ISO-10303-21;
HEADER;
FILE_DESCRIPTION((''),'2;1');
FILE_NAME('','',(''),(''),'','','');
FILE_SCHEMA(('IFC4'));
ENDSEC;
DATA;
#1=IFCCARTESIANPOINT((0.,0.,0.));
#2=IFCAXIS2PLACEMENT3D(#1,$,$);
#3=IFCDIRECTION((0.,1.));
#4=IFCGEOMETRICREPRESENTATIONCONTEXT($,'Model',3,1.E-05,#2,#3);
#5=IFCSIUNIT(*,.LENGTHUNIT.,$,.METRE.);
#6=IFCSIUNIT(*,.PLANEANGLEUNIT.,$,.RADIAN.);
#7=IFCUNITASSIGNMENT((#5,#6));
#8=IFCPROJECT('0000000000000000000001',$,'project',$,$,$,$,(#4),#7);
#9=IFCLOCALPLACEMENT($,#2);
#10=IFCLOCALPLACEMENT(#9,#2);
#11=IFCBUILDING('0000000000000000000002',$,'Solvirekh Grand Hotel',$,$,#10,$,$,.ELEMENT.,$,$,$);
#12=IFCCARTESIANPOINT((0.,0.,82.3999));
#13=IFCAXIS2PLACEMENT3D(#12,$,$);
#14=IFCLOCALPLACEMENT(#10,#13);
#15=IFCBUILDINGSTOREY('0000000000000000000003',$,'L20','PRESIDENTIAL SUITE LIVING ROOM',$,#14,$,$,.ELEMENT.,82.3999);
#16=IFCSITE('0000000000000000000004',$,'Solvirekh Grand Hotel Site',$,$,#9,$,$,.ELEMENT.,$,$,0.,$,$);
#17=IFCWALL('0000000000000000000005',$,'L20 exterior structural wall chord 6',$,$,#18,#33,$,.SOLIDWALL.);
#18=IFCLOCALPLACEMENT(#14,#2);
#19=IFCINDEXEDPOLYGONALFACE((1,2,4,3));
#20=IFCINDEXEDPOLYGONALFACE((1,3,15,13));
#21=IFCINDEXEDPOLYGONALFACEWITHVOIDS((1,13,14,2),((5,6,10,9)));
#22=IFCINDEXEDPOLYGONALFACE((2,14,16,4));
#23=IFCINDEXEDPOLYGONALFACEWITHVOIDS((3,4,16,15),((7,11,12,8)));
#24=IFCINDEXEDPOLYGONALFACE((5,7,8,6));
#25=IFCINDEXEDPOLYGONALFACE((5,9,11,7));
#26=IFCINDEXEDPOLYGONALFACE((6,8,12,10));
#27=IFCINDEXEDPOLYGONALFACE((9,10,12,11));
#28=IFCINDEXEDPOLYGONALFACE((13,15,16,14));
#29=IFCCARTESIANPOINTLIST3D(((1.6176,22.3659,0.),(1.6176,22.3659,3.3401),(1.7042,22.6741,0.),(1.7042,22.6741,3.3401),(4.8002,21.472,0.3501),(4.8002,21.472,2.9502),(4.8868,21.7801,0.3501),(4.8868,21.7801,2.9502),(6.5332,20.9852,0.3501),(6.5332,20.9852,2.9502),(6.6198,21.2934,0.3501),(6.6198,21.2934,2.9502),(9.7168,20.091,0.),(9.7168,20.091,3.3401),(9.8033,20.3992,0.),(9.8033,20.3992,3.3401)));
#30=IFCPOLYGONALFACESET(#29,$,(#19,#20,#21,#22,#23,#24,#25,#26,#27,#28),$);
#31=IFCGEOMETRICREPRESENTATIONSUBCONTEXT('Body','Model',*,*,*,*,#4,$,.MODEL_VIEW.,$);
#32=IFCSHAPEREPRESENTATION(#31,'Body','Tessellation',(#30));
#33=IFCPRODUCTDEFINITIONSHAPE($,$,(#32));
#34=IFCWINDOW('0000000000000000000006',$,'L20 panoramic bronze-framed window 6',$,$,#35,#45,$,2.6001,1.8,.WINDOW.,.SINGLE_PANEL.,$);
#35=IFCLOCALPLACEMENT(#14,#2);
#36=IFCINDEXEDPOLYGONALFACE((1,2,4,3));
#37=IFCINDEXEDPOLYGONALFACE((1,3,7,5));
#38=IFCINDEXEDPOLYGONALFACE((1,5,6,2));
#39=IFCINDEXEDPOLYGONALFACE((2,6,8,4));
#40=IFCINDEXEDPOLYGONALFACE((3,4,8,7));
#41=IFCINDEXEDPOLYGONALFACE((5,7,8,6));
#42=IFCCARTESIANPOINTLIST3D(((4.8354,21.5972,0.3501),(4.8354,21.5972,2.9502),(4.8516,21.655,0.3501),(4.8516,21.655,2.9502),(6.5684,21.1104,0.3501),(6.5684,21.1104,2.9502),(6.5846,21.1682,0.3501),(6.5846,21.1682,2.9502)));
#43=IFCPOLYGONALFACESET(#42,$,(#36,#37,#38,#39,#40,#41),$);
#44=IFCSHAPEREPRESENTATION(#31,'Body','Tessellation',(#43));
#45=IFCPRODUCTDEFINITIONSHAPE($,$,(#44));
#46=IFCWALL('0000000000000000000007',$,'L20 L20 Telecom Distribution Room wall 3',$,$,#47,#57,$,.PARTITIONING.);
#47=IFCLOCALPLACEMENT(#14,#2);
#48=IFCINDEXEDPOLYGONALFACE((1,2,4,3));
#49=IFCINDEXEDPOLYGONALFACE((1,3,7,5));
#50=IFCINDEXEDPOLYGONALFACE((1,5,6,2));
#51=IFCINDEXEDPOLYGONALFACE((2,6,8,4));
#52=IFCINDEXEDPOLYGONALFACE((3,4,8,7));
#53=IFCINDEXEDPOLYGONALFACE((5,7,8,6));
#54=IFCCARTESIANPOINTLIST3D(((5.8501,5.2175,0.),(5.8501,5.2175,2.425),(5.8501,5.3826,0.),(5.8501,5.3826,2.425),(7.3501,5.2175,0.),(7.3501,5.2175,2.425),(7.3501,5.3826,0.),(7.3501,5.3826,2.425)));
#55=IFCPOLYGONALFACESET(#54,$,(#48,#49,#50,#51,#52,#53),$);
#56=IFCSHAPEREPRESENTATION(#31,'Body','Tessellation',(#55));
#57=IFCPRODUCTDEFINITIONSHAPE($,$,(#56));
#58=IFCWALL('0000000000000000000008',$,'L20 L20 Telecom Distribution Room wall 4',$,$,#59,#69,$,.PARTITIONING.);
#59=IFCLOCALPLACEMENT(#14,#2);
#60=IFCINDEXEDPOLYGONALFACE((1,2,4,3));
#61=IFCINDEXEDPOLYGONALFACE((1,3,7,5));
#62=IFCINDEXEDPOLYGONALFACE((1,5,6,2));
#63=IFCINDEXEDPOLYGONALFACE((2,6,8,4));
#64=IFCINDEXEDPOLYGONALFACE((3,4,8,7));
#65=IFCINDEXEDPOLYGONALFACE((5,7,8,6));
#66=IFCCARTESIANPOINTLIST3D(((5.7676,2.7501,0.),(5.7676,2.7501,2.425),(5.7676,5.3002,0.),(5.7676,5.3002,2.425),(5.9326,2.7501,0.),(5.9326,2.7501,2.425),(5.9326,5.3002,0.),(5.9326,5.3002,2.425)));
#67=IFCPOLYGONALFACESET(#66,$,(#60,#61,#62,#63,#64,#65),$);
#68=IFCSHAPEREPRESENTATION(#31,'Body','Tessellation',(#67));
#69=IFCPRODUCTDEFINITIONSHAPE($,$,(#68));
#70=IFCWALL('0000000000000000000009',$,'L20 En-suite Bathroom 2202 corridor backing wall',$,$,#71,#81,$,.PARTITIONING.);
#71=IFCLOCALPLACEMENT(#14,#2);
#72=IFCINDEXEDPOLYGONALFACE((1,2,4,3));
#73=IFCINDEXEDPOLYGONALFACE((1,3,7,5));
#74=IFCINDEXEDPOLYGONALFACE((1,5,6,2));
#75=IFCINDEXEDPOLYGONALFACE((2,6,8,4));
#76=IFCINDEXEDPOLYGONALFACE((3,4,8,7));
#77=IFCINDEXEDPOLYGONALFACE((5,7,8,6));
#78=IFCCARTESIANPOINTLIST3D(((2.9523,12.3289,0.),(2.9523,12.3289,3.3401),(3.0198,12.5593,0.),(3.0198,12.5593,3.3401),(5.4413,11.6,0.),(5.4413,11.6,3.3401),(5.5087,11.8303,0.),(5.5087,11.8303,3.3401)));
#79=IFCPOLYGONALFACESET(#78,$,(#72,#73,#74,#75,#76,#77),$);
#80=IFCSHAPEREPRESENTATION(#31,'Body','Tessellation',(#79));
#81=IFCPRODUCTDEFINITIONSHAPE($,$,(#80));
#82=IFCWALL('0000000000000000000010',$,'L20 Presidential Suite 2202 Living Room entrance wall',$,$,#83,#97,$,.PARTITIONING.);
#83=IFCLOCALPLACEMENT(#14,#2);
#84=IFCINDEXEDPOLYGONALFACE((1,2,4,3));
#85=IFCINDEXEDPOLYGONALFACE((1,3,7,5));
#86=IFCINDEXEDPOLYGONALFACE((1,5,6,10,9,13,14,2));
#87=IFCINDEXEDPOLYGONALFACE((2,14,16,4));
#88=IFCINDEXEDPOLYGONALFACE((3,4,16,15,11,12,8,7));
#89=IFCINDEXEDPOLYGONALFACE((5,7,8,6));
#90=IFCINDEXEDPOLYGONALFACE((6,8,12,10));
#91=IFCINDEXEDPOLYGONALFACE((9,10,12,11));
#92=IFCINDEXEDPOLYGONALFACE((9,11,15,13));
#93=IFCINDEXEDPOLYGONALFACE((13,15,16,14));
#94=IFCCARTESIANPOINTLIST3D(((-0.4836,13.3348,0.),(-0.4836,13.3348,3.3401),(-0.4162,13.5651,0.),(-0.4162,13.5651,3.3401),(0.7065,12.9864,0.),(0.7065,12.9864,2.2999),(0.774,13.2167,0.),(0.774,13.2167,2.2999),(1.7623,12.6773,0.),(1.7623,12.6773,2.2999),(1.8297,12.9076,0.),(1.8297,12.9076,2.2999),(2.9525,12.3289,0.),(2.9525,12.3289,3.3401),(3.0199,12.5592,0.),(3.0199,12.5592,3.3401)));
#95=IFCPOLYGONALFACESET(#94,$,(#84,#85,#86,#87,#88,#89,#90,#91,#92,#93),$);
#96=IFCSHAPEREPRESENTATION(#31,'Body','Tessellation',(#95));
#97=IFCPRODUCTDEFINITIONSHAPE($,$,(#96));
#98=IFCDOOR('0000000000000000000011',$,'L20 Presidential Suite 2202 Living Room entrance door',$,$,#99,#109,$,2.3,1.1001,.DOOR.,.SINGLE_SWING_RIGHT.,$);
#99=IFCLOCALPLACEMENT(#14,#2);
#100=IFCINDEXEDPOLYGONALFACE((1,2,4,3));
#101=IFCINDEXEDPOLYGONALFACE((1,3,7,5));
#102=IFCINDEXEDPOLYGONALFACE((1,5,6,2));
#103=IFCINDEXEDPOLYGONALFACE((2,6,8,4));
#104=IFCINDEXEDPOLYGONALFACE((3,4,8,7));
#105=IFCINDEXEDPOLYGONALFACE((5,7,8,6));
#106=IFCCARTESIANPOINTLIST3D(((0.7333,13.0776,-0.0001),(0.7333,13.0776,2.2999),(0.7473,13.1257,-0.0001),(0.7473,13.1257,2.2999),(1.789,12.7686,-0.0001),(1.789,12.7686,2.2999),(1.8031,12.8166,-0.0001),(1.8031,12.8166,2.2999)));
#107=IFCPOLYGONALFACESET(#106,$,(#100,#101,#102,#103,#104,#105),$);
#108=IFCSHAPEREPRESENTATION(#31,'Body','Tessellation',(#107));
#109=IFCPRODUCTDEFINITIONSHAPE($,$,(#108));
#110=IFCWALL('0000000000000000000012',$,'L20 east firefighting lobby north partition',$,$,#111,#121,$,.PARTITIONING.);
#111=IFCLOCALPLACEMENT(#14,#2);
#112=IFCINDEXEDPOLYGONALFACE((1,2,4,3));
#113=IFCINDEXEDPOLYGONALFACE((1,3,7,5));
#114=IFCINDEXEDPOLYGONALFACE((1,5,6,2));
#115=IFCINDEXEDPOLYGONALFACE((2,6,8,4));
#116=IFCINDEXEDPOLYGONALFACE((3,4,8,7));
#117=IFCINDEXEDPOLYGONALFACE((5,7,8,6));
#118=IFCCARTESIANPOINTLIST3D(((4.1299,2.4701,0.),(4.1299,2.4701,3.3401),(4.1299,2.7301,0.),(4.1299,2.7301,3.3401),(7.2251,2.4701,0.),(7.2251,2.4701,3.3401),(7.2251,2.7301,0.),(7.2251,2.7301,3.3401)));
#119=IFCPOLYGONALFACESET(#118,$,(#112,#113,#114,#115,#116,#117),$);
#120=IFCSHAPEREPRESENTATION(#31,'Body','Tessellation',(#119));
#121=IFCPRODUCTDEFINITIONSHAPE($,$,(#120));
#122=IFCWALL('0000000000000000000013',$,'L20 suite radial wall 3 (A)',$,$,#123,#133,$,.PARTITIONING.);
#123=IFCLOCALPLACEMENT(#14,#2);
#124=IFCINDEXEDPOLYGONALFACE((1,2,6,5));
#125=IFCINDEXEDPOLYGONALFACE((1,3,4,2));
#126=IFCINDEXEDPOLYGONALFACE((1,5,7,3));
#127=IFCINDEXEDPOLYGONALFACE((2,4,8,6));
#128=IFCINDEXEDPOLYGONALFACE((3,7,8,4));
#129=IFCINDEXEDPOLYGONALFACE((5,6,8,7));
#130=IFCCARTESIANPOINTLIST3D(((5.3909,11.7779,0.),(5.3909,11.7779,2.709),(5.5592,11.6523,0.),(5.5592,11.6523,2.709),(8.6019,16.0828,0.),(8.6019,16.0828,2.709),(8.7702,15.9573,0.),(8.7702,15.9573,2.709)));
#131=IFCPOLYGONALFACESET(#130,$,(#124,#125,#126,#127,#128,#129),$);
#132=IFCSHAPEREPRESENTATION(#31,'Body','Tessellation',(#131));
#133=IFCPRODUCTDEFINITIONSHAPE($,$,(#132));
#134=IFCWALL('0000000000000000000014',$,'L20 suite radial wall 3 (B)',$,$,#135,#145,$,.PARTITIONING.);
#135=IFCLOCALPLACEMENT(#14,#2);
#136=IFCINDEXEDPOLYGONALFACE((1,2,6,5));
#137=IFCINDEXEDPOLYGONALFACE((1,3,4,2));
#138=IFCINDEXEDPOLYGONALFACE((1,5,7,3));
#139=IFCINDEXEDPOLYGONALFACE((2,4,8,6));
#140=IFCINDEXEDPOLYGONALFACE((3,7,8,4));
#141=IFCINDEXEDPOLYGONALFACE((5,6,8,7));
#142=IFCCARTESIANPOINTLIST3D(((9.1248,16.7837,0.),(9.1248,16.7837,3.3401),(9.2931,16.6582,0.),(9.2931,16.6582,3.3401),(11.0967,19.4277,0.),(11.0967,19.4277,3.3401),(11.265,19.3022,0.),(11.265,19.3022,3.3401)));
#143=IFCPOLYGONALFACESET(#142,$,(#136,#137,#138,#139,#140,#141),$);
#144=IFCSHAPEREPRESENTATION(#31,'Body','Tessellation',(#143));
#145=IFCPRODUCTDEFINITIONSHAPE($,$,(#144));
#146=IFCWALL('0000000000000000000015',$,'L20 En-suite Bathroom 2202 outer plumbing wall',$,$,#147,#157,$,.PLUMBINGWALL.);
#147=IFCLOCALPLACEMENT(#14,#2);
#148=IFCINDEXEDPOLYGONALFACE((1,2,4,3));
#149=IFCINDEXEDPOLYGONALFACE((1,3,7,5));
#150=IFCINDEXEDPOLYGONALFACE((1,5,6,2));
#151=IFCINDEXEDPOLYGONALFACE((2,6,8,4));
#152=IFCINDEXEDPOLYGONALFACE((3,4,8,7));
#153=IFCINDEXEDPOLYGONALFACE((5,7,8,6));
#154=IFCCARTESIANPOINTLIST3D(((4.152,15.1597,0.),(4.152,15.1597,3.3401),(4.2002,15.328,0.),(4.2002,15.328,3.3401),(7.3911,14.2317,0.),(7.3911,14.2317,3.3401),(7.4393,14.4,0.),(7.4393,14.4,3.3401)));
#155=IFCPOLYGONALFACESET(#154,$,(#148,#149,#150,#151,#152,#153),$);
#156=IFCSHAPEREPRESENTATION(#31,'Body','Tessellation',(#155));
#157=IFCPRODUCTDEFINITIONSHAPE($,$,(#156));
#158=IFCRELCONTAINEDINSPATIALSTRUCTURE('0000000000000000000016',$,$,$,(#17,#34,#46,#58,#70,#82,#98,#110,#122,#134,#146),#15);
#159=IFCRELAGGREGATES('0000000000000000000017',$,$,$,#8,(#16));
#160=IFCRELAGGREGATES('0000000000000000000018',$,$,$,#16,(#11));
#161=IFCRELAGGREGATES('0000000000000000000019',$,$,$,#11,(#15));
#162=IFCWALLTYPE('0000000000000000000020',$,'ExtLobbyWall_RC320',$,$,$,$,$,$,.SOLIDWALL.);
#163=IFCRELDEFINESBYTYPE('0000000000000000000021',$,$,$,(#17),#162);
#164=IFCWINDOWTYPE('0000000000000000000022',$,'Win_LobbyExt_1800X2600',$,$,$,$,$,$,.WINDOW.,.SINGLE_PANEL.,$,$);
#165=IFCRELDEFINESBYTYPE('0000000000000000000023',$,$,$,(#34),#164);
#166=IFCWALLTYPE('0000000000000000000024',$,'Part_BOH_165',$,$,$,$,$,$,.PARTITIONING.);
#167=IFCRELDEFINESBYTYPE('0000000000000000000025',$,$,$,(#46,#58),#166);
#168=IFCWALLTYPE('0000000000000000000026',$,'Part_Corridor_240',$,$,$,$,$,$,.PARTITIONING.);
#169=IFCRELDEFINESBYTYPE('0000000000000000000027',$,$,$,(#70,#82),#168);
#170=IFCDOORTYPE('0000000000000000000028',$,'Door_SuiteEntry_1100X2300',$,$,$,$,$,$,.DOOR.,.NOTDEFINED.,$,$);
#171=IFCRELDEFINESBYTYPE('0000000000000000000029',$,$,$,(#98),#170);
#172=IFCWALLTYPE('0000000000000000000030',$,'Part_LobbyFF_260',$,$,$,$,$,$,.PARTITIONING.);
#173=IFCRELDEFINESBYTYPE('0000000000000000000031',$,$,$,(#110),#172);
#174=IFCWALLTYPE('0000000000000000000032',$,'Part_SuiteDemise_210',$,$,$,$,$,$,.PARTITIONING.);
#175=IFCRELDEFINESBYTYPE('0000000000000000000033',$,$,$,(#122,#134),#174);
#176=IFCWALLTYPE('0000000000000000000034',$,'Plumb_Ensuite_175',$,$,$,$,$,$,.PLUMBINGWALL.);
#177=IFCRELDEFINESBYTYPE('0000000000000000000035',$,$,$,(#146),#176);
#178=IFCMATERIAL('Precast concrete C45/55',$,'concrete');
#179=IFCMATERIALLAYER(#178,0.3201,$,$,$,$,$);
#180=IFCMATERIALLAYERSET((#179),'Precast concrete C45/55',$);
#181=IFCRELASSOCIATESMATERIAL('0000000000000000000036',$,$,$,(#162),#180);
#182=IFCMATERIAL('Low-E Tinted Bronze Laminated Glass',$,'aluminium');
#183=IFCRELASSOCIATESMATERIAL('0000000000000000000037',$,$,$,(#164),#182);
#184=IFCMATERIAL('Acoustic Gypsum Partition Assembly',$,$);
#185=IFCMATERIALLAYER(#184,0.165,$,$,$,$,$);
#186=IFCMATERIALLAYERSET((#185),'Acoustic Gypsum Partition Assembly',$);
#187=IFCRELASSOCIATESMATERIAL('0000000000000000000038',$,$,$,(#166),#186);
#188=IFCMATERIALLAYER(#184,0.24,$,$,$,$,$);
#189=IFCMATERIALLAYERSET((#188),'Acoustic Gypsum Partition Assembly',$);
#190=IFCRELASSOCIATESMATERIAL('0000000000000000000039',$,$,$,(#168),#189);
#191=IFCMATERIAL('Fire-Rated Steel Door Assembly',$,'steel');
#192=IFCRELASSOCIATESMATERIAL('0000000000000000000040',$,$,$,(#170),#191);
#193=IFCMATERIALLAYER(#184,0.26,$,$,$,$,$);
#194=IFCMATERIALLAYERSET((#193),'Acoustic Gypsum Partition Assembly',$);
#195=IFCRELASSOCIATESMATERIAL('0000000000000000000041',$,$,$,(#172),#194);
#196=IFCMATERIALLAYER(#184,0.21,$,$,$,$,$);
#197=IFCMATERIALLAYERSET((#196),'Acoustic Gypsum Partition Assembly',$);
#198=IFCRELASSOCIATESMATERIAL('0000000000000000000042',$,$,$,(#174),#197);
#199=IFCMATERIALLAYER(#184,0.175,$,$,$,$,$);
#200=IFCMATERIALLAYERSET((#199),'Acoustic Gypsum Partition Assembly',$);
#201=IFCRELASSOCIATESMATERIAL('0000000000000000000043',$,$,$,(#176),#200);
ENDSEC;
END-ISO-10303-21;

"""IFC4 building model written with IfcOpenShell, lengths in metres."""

from ifc_helpers import new_model, si_unit, direction, frame, frame_2d, origin, place, context, subcontext, project, spatial, rectangle, extrude, material, layer, layer_set, type_object, element, fill, save


model = new_model("IFC4")

# Units and contexts
model_context = context("Model", 3, precision=1e-05, world=origin(), true_north=direction((0.0, 1.0)))
body_context = subcontext(model_context, "Body", "Model", "MODEL_VIEW")
ifc_project = project(units=[si_unit("LENGTHUNIT", "METRE"), si_unit("PLANEANGLEUNIT", "RADIAN")], contexts=[model_context])

# Site, building, storey
site_placement = place(None, origin())
site = spatial("IfcSite", under=ifc_project, at=site_placement, Name="Solvirekh Grand Hotel Site", CompositionType="ELEMENT", RefElevation=0.0)
building_placement = place(site_placement, origin())
building = spatial("IfcBuilding", under=site, at=building_placement, Name="Solvirekh Grand Hotel", CompositionType="ELEMENT")
storey_placement = place(building_placement, frame((0.0, 0.0, 82.3999)))
storey = spatial("IfcBuildingStorey", under=building, at=storey_placement, Name="L20", Description="PRESIDENTIAL SUITE LIVING ROOM", CompositionType="ELEMENT", Elevation=82.3999)

# Wall, opening, window
ifc_material_1 = material(Name="Precast concrete C45/55", Category="concrete")
ifc_layer_1 = layer(ifc_material_1, 0.3201)
ifc_layer_set_1 = layer_set([ifc_layer_1], Name="Precast concrete C45/55")
wall_type_1 = type_object("IfcWallType", Name="ExtLobbyWall_RC320", PredefinedType="SOLIDWALL", material=ifc_layer_set_1)
wall_1_placement = place(storey_placement, frame((1.6609, 22.52, 0.0), z_axis=(0.0, 0.0, 1.0), x_axis=(0.962743, -0.270418, 0.0)))
wall_1 = element("IfcWall", 1, at=wall_1_placement, inside=storey, type_object=wall_type_1, Name="L20 exterior structural wall chord 6", PredefinedType="SOLIDWALL", context=body_context, shape_type="SweptSolid", body=[
    extrude(rectangle(XDim=8.4126, YDim=0.3201, at=frame_2d((4.2063, 0.0))), origin(), (0.0, 0.0, 1.0), 3.3401),
])
opening_1_placement = place(wall_1_placement, frame((3.3059, 0.0, 0.3501)))
opening_1 = element("IfcOpeningElement", 2, at=opening_1_placement, cuts=wall_1, PredefinedType="OPENING", context=body_context, shape_type="SweptSolid", body=[
    extrude(rectangle(XDim=1.8, YDim=2.6001, at=frame_2d((0.8999, 1.3))), frame((0.0, 0.1699, 0.0), z_axis=(0.0, -1.0, 0.0), x_axis=(1.0, 0.0, 0.0)), (0.0, 0.0, 1.0), 0.3401),
])
ifc_material_2 = material(Name="Low-E Tinted Bronze Laminated Glass", Category="aluminium")
window_type = type_object("IfcWindowType", Name="Win_LobbyExt_1800X2600", PartitioningType="SINGLE_PANEL", PredefinedType="WINDOW", material=ifc_material_2)
window_placement = place(opening_1_placement, origin())
window = element("IfcWindow", 3, at=window_placement, inside=storey, type_object=window_type, Name="L20 panoramic bronze-framed window 6", OverallHeight=2.6001, OverallWidth=1.8, PartitioningType="SINGLE_PANEL", PredefinedType="WINDOW", context=body_context, shape_type="SweptSolid", body=[
    extrude(rectangle(XDim=1.8, YDim=2.6001, at=frame_2d((0.8999, 1.3))), frame((0.0, 0.03, 0.0), z_axis=(0.0, -1.0, 0.0), x_axis=(1.0, 0.0, 0.0)), (0.0, 0.0, 1.0), 0.0601),
])
fill(opening_1, window)

# Shared definitions
ifc_material_3 = material(Name="Acoustic Gypsum Partition Assembly")
ifc_layer_2 = layer(ifc_material_3, 0.165)
ifc_layer_set_2 = layer_set([ifc_layer_2], Name="Acoustic Gypsum Partition Assembly")
wall_type_2 = type_object("IfcWallType", Name="Part_BOH_165", PredefinedType="PARTITIONING", material=ifc_layer_set_2)
ifc_material_4 = material(Name="Fire-Rated Steel Door Assembly", Category="steel")

# Walls
wall_2_placement = place(storey_placement, frame((7.3501, 5.3, 0.0), z_axis=(0.0, 0.0, 1.0), x_axis=(-1.0, 0.0, 0.0)))
element("IfcWall", 4, at=wall_2_placement, inside=storey, type_object=wall_type_2, Name="L20 L20 Telecom Distribution Room wall 3", PredefinedType="PARTITIONING", context=body_context, shape_type="SweptSolid", body=[
    extrude(rectangle(XDim=1.5, YDim=0.165, at=frame_2d((0.75, 0.0))), origin(), (0.0, 0.0, 1.0), 2.425),
])
wall_3_placement = place(storey_placement, frame((5.8501, 5.3, 0.0), z_axis=(0.0, 0.0, 1.0), x_axis=(0.0, -1.0, 0.0)))
element("IfcWall", 5, at=wall_3_placement, inside=storey, type_object=wall_type_2, Name="L20 L20 Telecom Distribution Room wall 4", PredefinedType="PARTITIONING", context=body_context, shape_type="SweptSolid", body=[
    extrude(rectangle(XDim=2.55, YDim=0.165, at=frame_2d((1.2749, 0.0))), origin(), (0.0, 0.0, 1.0), 2.425),
])
ifc_layer_3 = layer(ifc_material_3, 0.24)
ifc_layer_set_3 = layer_set([ifc_layer_3], Name="Acoustic Gypsum Partition Assembly")
wall_type_3 = type_object("IfcWallType", Name="Part_Corridor_240", PredefinedType="PARTITIONING", material=ifc_layer_set_3)
wall_4_placement = place(storey_placement, frame((5.4751, 11.7151, 0.0), z_axis=(0.0, 0.0, 1.0), x_axis=(-0.959684, 0.281081, 0.0)))
element("IfcWall", 6, at=wall_4_placement, inside=storey, type_object=wall_type_3, Name="L20 En-suite Bathroom 2202 corridor backing wall", PredefinedType="PARTITIONING", context=body_context, shape_type="SweptSolid", body=[
    extrude(rectangle(XDim=2.5935, YDim=0.24, at=frame_2d((1.2969, 0.0))), origin(), (0.0, 0.0, 1.0), 3.3401),
])

# Wall, opening, door
wall_5_placement = place(storey_placement, frame((2.9861, 12.4441, 0.0), z_axis=(0.0, 0.0, 1.0), x_axis=(-0.959723, 0.280948, 0.0)))
wall_5 = element("IfcWall", 7, at=wall_5_placement, inside=storey, type_object=wall_type_3, Name="L20 Presidential Suite 2202 Living Room entrance wall", PredefinedType="PARTITIONING", context=body_context, shape_type="SweptSolid", body=[
    extrude(rectangle(XDim=3.5803, YDim=0.24, at=frame_2d((1.79, 0.0))), origin(), (0.0, 0.0, 1.0), 3.3401),
])
opening_2_placement = place(wall_5_placement, frame((1.24, 0.0, 0.0)))
opening_2 = element("IfcOpeningElement", 8, at=opening_2_placement, cuts=wall_5, PredefinedType="OPENING", context=body_context, shape_type="SweptSolid", body=[
    extrude(rectangle(XDim=1.1001, YDim=2.3, at=frame_2d((0.55, 1.1499))), frame((0.0, 0.1299, 0.0), z_axis=(0.0, -1.0, 0.0), x_axis=(1.0, 0.0, 0.0)), (0.0, 0.0, 1.0), 0.26),
])
door_type_1 = type_object("IfcDoorType", Name="Door_SuiteEntry_1100X2300", OperationType="NOTDEFINED", PredefinedType="DOOR", material=ifc_material_4)
door_1_placement = place(opening_2_placement, origin())
door_1 = element("IfcDoor", 9, at=door_1_placement, inside=storey, type_object=door_type_1, Name="L20 Presidential Suite 2202 Living Room entrance door", OperationType="SINGLE_SWING_RIGHT", OverallHeight=2.3, OverallWidth=1.1001, PredefinedType="DOOR", context=body_context, shape_type="SweptSolid", body=[
    extrude(rectangle(XDim=1.1001, YDim=2.3, at=frame_2d((0.55, 1.1499))), frame((0.0, 0.0249, 0.0), z_axis=(0.0, -1.0, 0.0), x_axis=(1.0, 0.0, 0.0)), (0.0, 0.0, 1.0), 0.05),
])
fill(opening_2, door_1)

# Walls
ifc_layer_4 = layer(ifc_material_3, 0.26)
ifc_layer_set_4 = layer_set([ifc_layer_4], Name="Acoustic Gypsum Partition Assembly")
wall_type_4 = type_object("IfcWallType", Name="Part_LobbyFF_260", PredefinedType="PARTITIONING", material=ifc_layer_set_4)
wall_6_placement = place(storey_placement, frame((4.1299, 2.6001, 0.0), z_axis=(0.0, 0.0, 1.0), x_axis=(1.0, 0.0, 0.0)))
element("IfcWall", 10, at=wall_6_placement, inside=storey, type_object=wall_type_4, Name="L20 east firefighting lobby north partition", PredefinedType="PARTITIONING", context=body_context, shape_type="SweptSolid", body=[
    extrude(rectangle(XDim=3.0952, YDim=0.26, at=frame_2d((1.5476, 0.0))), origin(), (0.0, 0.0, 1.0), 3.3401),
])
ifc_layer_5 = layer(ifc_material_3, 0.21)
ifc_layer_set_5 = layer_set([ifc_layer_5], Name="Acoustic Gypsum Partition Assembly")
wall_type_5 = type_object("IfcWallType", Name="Part_SuiteDemise_210", PredefinedType="PARTITIONING", material=ifc_layer_set_5)
wall_7_placement = place(storey_placement, frame((5.4751, 11.7151, 0.0), z_axis=(0.0, 0.0, 1.0), x_axis=(0.597881, 0.801585, 0.0)))
element("IfcWall", 11, at=wall_7_placement, inside=storey, type_object=wall_type_5, Name="L20 suite radial wall 3 (A)", PredefinedType="PARTITIONING", context=body_context, shape_type="SweptSolid", body=[
    extrude(rectangle(XDim=5.3706, YDim=0.21, at=frame_2d((2.6853, 0.0))), origin(), (0.0, 0.0, 1.0), 2.709),
])
wall_8_placement = place(storey_placement, frame((9.209, 16.7209, 0.0), z_axis=(0.0, 0.0, 1.0), x_axis=(0.597842, 0.801614, 0.0)))
element("IfcWall", 12, at=wall_8_placement, inside=storey, type_object=wall_type_5, Name="L20 suite radial wall 3 (B)", PredefinedType="PARTITIONING", context=body_context, shape_type="SweptSolid", body=[
    extrude(rectangle(XDim=3.2983, YDim=0.21, at=frame_2d((1.6492, 0.0))), origin(), (0.0, 0.0, 1.0), 3.3401),
])
ifc_layer_6 = layer(ifc_material_3, 0.175)
ifc_layer_set_6 = layer_set([ifc_layer_6], Name="Acoustic Gypsum Partition Assembly")
wall_type_6 = type_object("IfcWallType", Name="Plumb_Ensuite_175", PredefinedType="PLUMBINGWALL", material=ifc_layer_set_6)
wall_9_placement = place(storey_placement, frame((7.415, 14.3159, 0.0), z_axis=(0.0, 0.0, 1.0), x_axis=(-0.961324, 0.27542, 0.0)))
element("IfcWall", 13, at=wall_9_placement, inside=storey, type_object=wall_type_6, Name="L20 En-suite Bathroom 2202 outer plumbing wall", PredefinedType="PLUMBINGWALL", context=body_context, shape_type="SweptSolid", body=[
    extrude(rectangle(XDim=3.3694, YDim=0.175, at=frame_2d((1.6846, 0.0))), origin(), (0.0, 0.0, 1.0), 3.3401),
])

save(model, "model.ifc")
